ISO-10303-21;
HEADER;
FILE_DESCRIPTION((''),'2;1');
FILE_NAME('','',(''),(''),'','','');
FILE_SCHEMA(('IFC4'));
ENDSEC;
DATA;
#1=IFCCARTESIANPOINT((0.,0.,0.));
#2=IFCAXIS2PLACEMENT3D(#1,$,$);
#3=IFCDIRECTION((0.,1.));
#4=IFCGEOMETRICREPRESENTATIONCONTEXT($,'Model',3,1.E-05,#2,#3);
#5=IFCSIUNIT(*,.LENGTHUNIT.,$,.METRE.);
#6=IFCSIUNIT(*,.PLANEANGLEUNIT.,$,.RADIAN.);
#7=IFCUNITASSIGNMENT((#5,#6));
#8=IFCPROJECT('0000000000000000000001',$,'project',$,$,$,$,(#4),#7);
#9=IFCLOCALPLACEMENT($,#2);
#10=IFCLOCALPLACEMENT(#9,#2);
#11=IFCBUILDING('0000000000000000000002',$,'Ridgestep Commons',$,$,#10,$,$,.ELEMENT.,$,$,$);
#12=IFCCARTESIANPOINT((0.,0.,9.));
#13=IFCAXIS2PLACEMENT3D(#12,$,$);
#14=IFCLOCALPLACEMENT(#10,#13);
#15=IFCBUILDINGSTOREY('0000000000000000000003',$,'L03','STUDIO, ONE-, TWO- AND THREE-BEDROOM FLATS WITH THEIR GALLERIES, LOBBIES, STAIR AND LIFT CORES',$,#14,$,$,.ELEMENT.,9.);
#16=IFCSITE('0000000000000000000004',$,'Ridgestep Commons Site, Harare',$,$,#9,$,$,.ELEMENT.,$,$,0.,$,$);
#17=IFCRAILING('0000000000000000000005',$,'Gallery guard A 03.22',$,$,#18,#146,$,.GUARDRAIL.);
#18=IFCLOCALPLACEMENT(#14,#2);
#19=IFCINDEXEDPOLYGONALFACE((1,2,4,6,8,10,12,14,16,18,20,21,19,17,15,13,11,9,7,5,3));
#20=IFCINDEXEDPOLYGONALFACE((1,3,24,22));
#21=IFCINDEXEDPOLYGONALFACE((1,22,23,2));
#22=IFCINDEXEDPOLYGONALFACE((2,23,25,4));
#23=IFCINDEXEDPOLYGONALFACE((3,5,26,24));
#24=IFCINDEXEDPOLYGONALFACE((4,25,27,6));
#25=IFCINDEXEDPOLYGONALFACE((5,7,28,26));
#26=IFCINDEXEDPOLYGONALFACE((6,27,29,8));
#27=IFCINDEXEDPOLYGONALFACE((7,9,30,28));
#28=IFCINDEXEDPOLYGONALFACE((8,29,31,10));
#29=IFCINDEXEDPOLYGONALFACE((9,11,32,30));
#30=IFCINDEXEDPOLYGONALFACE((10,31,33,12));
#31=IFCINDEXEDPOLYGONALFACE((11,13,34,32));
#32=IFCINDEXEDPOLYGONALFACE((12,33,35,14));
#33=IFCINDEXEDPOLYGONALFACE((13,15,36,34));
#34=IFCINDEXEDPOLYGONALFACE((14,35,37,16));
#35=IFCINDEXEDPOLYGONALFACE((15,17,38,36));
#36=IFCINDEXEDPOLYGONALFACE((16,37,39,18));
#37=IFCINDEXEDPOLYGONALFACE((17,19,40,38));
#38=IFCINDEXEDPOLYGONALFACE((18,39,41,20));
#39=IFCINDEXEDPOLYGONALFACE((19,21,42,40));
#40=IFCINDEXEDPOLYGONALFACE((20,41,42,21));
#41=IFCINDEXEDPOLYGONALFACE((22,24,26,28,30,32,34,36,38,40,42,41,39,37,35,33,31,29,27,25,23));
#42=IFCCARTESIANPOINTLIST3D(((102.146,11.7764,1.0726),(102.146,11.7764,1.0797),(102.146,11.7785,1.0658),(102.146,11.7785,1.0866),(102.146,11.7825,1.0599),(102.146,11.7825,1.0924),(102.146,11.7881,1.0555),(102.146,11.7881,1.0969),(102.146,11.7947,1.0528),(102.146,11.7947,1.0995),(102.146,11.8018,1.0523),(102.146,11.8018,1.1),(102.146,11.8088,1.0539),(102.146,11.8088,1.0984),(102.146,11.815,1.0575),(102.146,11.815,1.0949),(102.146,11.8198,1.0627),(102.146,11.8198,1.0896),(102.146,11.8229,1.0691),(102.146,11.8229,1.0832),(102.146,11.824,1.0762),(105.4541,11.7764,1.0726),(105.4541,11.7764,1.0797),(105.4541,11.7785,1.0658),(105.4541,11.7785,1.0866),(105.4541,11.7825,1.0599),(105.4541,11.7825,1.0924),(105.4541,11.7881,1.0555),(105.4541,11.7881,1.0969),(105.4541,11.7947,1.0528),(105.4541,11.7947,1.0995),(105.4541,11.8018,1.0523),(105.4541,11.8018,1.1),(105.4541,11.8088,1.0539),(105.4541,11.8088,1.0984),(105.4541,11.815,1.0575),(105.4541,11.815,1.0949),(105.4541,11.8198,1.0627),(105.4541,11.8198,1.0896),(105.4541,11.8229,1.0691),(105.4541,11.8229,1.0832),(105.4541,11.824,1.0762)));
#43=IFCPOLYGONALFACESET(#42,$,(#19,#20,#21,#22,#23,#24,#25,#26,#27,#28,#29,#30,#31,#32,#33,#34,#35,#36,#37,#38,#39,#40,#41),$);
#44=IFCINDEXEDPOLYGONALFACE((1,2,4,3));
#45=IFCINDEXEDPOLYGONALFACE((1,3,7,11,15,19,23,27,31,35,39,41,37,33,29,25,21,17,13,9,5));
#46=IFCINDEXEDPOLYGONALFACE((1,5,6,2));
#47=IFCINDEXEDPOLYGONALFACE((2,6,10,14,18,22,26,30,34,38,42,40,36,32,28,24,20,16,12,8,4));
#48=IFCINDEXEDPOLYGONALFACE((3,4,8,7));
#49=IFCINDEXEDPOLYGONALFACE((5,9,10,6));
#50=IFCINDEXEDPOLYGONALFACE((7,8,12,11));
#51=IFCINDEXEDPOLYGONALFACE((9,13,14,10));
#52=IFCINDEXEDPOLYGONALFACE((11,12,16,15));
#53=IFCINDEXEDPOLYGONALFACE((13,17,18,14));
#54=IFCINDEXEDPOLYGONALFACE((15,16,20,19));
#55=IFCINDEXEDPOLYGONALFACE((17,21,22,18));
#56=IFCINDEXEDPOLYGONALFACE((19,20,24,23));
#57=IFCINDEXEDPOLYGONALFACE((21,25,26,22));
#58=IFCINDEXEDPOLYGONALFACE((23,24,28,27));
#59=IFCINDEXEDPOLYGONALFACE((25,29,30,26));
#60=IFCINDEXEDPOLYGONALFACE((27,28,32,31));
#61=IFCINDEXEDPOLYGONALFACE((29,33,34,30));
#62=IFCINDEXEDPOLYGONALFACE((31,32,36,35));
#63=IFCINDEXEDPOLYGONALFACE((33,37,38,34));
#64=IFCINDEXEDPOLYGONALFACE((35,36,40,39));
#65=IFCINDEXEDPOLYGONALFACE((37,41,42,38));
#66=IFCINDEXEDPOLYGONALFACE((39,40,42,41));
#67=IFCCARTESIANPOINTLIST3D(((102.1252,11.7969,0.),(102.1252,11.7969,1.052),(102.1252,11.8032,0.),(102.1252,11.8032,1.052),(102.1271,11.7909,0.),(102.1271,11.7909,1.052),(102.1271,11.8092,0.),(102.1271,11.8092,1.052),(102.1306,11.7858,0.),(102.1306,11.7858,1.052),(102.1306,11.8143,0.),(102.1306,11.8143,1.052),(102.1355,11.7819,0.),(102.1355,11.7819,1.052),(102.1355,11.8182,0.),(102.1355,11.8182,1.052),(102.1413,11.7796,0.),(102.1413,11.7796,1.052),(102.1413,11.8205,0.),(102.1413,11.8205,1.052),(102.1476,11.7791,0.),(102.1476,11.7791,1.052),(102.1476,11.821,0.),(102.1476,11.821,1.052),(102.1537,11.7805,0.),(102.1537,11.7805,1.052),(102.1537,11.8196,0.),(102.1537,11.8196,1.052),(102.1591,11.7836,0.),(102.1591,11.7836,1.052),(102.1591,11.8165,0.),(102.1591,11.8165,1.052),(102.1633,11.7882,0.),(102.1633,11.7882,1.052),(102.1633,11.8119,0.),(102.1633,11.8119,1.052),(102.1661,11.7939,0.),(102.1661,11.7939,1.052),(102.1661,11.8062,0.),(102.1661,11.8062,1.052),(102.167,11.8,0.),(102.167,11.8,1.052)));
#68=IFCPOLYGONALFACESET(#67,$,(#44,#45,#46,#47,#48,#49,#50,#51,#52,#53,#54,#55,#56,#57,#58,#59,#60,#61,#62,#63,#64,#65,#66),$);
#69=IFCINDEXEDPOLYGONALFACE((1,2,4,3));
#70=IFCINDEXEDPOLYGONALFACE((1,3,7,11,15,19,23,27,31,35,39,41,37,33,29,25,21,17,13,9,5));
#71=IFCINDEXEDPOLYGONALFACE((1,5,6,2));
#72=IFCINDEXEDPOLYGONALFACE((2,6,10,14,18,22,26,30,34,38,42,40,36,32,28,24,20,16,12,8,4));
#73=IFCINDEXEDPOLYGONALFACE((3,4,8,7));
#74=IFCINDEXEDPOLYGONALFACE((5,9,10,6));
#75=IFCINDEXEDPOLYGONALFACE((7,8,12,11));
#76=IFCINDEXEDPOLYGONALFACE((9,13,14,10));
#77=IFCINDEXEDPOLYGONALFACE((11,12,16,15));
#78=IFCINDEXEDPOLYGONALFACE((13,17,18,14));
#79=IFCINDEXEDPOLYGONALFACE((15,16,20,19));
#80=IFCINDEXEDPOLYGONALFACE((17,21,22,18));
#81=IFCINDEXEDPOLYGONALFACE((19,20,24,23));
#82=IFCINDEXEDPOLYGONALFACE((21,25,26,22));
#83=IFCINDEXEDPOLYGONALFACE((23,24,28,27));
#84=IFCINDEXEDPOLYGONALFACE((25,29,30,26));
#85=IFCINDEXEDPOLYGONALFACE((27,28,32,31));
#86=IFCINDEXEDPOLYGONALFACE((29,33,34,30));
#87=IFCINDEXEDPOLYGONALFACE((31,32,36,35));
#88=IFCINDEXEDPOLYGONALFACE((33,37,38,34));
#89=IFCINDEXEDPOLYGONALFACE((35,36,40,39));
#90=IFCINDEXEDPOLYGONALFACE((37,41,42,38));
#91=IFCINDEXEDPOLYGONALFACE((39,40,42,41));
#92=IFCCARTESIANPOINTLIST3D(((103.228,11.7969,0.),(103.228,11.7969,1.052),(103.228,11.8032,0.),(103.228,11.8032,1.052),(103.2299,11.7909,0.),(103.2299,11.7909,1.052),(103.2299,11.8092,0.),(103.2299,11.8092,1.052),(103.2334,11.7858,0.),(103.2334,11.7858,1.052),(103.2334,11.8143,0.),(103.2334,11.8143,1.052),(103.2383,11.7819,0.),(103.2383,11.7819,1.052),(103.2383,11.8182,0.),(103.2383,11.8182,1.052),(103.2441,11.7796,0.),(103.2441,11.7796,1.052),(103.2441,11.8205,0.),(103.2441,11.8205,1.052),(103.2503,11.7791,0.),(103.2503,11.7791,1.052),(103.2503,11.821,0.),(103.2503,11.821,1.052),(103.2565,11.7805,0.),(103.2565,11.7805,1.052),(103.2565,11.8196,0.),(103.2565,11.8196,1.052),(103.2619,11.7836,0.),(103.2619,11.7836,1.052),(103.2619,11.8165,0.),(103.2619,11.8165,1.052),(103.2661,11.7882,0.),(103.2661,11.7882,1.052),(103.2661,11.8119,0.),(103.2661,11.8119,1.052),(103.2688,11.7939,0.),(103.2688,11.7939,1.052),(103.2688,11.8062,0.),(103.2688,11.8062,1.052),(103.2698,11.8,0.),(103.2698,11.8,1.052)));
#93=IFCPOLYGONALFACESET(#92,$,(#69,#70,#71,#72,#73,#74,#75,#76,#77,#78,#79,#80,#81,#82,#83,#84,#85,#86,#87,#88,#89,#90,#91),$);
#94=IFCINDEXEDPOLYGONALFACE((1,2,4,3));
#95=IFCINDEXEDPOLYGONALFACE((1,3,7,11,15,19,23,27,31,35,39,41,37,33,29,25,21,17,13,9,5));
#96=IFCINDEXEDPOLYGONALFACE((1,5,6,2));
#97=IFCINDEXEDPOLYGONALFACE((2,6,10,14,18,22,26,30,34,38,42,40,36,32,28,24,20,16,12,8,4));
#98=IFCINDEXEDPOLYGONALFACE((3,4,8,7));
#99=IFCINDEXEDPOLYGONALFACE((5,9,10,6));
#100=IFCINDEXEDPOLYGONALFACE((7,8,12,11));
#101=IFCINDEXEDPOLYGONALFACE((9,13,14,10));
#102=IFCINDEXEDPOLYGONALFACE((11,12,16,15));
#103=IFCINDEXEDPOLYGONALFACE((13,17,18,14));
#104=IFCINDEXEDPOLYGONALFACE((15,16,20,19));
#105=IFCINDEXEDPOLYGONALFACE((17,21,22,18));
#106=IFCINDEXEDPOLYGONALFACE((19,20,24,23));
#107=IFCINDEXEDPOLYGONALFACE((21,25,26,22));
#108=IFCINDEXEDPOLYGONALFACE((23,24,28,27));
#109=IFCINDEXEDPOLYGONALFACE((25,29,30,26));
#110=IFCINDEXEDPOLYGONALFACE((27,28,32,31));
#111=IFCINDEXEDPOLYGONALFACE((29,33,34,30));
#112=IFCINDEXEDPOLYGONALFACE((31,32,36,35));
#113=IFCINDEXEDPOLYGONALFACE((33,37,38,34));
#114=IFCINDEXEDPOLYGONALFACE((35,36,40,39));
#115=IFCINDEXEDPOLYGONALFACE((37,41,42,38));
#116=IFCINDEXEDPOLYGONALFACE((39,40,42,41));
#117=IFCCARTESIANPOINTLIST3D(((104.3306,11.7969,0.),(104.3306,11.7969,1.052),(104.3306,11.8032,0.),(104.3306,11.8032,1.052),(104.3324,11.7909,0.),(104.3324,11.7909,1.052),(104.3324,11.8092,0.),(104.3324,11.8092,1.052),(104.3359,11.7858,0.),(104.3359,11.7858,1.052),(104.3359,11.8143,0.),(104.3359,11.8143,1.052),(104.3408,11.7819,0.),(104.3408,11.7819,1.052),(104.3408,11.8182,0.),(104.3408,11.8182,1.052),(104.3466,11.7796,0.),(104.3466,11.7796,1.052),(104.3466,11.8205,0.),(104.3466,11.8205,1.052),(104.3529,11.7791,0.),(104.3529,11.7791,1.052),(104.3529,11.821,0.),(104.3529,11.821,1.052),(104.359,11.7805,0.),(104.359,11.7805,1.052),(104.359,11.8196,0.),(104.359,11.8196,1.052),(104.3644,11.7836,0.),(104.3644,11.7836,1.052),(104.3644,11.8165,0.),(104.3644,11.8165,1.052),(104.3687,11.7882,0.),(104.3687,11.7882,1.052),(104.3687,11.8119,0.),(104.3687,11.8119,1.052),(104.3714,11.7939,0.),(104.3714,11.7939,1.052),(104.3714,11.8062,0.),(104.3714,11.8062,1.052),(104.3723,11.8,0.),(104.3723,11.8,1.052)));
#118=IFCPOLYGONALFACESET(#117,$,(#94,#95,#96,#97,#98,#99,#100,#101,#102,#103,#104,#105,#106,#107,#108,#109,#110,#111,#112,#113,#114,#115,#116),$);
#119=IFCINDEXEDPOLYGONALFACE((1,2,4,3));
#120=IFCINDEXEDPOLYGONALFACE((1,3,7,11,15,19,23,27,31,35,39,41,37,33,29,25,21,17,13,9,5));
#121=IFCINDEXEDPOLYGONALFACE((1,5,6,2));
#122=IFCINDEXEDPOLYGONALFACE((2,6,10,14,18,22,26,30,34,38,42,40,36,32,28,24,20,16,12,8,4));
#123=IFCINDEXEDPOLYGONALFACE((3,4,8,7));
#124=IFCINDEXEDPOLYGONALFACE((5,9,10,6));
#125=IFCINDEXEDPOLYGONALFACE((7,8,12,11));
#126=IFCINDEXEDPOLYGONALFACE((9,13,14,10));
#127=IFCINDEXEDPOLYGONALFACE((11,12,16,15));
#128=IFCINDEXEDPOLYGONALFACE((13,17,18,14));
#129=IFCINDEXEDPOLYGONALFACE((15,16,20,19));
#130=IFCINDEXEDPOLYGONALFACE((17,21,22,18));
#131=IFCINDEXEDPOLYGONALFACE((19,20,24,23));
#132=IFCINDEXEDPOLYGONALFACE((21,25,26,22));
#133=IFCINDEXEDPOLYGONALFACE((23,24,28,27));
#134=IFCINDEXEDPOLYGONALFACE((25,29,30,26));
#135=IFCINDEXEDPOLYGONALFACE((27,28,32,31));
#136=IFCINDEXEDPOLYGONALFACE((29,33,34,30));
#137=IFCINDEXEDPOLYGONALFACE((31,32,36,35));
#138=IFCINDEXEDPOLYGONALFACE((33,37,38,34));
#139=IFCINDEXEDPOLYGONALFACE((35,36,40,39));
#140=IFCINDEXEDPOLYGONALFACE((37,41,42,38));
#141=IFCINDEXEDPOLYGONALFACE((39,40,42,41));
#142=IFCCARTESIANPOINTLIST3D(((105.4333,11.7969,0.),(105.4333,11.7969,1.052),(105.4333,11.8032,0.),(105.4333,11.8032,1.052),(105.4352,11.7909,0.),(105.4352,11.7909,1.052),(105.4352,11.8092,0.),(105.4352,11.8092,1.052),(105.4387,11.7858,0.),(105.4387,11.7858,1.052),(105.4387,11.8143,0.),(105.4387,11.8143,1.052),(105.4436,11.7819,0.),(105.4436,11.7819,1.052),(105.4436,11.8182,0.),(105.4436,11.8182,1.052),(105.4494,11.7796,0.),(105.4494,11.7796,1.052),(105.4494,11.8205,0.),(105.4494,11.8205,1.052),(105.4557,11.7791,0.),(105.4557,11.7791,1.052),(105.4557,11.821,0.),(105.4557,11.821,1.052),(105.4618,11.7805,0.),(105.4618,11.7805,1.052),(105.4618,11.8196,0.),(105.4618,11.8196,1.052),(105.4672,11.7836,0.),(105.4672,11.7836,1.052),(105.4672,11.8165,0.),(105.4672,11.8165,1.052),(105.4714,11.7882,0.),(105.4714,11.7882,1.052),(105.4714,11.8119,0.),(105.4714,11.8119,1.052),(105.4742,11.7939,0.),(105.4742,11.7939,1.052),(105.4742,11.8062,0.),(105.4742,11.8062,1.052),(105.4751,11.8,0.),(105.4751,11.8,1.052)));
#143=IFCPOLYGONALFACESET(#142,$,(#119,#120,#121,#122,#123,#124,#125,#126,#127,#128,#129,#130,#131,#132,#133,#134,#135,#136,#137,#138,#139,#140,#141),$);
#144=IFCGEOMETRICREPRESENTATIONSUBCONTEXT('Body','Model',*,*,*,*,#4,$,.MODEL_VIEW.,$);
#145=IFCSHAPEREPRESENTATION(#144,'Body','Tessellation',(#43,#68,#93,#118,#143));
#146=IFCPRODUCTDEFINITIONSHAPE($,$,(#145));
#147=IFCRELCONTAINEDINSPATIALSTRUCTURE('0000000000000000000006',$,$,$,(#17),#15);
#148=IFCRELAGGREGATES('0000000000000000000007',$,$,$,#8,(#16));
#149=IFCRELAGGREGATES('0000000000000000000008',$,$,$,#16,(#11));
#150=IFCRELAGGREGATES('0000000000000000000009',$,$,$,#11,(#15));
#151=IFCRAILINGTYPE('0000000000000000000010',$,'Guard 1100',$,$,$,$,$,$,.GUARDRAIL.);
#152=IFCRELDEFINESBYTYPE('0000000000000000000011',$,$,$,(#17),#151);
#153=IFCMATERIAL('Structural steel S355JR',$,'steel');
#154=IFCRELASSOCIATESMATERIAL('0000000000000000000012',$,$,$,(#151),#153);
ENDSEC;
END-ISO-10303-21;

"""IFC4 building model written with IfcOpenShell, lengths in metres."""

from ifc_helpers import new_model, si_unit, direction, frame, origin, origin_2d, place, context, subcontext, project, spatial, circle, extrude, material, type_object, element, save


model = new_model("IFC4")

# Units and contexts
model_context = context("Model", 3, precision=1e-05, world=origin(), true_north=direction((0.0, 1.0)))
body_context = subcontext(model_context, "Body", "Model", "MODEL_VIEW")
ifc_project = project(units=[si_unit("LENGTHUNIT", "METRE"), si_unit("PLANEANGLEUNIT", "RADIAN")], contexts=[model_context])

# Site, building, storey
site_placement = place(None, origin())
site = spatial("IfcSite", under=ifc_project, at=site_placement, Name="Ridgestep Commons Site, Harare", CompositionType="ELEMENT", RefElevation=0.0)
building_placement = place(site_placement, origin())
building = spatial("IfcBuilding", under=site, at=building_placement, Name="Ridgestep Commons", CompositionType="ELEMENT")
storey_placement = place(building_placement, frame((0.0, 0.0, 9.0)))
storey = spatial("IfcBuildingStorey", under=building, at=storey_placement, Name="L03", Description="STUDIO, ONE-, TWO- AND THREE-BEDROOM FLATS WITH THEIR GALLERIES, LOBBIES, STAIR AND LIFT CORES", CompositionType="ELEMENT", Elevation=9.0)

# Railing
ifc_material_1 = material(Name="Structural steel S355JR", Category="steel")
railing_type = type_object("IfcRailingType", Name="Guard 1100", PredefinedType="GUARDRAIL", material=ifc_material_1)
railing_1_placement = place(storey_placement, frame((102.146, 11.8, 0.0)))
element("IfcRailing", 1, at=railing_1_placement, inside=storey, type_object=railing_type, Name="Gallery guard A 03.22", PredefinedType="GUARDRAIL", context=body_context, shape_type="SweptSolid", body=[
    extrude(circle(Radius=0.0239, at=origin_2d()), frame((0.0, 0.0, 1.0762), z_axis=(1.0, 0.0, 0.0), x_axis=(0.0, 1.0, 0.0)), (0.0, 0.0, 1.0), 3.3081),
    extrude(circle(Radius=0.021, at=origin_2d()), origin(), (0.0, 0.0, 1.0), 1.052),
    extrude(circle(Radius=0.021, at=origin_2d()), frame((1.1028, 0.0, 0.0)), (0.0, 0.0, 1.0), 1.052),
    extrude(circle(Radius=0.021, at=origin_2d()), frame((2.2053, 0.0, 0.0)), (0.0, 0.0, 1.0), 1.052),
    extrude(circle(Radius=0.021, at=origin_2d()), frame((3.3081, 0.0, 0.0)), (0.0, 0.0, 1.0), 1.052),
])

save(model, "model.ifc")
